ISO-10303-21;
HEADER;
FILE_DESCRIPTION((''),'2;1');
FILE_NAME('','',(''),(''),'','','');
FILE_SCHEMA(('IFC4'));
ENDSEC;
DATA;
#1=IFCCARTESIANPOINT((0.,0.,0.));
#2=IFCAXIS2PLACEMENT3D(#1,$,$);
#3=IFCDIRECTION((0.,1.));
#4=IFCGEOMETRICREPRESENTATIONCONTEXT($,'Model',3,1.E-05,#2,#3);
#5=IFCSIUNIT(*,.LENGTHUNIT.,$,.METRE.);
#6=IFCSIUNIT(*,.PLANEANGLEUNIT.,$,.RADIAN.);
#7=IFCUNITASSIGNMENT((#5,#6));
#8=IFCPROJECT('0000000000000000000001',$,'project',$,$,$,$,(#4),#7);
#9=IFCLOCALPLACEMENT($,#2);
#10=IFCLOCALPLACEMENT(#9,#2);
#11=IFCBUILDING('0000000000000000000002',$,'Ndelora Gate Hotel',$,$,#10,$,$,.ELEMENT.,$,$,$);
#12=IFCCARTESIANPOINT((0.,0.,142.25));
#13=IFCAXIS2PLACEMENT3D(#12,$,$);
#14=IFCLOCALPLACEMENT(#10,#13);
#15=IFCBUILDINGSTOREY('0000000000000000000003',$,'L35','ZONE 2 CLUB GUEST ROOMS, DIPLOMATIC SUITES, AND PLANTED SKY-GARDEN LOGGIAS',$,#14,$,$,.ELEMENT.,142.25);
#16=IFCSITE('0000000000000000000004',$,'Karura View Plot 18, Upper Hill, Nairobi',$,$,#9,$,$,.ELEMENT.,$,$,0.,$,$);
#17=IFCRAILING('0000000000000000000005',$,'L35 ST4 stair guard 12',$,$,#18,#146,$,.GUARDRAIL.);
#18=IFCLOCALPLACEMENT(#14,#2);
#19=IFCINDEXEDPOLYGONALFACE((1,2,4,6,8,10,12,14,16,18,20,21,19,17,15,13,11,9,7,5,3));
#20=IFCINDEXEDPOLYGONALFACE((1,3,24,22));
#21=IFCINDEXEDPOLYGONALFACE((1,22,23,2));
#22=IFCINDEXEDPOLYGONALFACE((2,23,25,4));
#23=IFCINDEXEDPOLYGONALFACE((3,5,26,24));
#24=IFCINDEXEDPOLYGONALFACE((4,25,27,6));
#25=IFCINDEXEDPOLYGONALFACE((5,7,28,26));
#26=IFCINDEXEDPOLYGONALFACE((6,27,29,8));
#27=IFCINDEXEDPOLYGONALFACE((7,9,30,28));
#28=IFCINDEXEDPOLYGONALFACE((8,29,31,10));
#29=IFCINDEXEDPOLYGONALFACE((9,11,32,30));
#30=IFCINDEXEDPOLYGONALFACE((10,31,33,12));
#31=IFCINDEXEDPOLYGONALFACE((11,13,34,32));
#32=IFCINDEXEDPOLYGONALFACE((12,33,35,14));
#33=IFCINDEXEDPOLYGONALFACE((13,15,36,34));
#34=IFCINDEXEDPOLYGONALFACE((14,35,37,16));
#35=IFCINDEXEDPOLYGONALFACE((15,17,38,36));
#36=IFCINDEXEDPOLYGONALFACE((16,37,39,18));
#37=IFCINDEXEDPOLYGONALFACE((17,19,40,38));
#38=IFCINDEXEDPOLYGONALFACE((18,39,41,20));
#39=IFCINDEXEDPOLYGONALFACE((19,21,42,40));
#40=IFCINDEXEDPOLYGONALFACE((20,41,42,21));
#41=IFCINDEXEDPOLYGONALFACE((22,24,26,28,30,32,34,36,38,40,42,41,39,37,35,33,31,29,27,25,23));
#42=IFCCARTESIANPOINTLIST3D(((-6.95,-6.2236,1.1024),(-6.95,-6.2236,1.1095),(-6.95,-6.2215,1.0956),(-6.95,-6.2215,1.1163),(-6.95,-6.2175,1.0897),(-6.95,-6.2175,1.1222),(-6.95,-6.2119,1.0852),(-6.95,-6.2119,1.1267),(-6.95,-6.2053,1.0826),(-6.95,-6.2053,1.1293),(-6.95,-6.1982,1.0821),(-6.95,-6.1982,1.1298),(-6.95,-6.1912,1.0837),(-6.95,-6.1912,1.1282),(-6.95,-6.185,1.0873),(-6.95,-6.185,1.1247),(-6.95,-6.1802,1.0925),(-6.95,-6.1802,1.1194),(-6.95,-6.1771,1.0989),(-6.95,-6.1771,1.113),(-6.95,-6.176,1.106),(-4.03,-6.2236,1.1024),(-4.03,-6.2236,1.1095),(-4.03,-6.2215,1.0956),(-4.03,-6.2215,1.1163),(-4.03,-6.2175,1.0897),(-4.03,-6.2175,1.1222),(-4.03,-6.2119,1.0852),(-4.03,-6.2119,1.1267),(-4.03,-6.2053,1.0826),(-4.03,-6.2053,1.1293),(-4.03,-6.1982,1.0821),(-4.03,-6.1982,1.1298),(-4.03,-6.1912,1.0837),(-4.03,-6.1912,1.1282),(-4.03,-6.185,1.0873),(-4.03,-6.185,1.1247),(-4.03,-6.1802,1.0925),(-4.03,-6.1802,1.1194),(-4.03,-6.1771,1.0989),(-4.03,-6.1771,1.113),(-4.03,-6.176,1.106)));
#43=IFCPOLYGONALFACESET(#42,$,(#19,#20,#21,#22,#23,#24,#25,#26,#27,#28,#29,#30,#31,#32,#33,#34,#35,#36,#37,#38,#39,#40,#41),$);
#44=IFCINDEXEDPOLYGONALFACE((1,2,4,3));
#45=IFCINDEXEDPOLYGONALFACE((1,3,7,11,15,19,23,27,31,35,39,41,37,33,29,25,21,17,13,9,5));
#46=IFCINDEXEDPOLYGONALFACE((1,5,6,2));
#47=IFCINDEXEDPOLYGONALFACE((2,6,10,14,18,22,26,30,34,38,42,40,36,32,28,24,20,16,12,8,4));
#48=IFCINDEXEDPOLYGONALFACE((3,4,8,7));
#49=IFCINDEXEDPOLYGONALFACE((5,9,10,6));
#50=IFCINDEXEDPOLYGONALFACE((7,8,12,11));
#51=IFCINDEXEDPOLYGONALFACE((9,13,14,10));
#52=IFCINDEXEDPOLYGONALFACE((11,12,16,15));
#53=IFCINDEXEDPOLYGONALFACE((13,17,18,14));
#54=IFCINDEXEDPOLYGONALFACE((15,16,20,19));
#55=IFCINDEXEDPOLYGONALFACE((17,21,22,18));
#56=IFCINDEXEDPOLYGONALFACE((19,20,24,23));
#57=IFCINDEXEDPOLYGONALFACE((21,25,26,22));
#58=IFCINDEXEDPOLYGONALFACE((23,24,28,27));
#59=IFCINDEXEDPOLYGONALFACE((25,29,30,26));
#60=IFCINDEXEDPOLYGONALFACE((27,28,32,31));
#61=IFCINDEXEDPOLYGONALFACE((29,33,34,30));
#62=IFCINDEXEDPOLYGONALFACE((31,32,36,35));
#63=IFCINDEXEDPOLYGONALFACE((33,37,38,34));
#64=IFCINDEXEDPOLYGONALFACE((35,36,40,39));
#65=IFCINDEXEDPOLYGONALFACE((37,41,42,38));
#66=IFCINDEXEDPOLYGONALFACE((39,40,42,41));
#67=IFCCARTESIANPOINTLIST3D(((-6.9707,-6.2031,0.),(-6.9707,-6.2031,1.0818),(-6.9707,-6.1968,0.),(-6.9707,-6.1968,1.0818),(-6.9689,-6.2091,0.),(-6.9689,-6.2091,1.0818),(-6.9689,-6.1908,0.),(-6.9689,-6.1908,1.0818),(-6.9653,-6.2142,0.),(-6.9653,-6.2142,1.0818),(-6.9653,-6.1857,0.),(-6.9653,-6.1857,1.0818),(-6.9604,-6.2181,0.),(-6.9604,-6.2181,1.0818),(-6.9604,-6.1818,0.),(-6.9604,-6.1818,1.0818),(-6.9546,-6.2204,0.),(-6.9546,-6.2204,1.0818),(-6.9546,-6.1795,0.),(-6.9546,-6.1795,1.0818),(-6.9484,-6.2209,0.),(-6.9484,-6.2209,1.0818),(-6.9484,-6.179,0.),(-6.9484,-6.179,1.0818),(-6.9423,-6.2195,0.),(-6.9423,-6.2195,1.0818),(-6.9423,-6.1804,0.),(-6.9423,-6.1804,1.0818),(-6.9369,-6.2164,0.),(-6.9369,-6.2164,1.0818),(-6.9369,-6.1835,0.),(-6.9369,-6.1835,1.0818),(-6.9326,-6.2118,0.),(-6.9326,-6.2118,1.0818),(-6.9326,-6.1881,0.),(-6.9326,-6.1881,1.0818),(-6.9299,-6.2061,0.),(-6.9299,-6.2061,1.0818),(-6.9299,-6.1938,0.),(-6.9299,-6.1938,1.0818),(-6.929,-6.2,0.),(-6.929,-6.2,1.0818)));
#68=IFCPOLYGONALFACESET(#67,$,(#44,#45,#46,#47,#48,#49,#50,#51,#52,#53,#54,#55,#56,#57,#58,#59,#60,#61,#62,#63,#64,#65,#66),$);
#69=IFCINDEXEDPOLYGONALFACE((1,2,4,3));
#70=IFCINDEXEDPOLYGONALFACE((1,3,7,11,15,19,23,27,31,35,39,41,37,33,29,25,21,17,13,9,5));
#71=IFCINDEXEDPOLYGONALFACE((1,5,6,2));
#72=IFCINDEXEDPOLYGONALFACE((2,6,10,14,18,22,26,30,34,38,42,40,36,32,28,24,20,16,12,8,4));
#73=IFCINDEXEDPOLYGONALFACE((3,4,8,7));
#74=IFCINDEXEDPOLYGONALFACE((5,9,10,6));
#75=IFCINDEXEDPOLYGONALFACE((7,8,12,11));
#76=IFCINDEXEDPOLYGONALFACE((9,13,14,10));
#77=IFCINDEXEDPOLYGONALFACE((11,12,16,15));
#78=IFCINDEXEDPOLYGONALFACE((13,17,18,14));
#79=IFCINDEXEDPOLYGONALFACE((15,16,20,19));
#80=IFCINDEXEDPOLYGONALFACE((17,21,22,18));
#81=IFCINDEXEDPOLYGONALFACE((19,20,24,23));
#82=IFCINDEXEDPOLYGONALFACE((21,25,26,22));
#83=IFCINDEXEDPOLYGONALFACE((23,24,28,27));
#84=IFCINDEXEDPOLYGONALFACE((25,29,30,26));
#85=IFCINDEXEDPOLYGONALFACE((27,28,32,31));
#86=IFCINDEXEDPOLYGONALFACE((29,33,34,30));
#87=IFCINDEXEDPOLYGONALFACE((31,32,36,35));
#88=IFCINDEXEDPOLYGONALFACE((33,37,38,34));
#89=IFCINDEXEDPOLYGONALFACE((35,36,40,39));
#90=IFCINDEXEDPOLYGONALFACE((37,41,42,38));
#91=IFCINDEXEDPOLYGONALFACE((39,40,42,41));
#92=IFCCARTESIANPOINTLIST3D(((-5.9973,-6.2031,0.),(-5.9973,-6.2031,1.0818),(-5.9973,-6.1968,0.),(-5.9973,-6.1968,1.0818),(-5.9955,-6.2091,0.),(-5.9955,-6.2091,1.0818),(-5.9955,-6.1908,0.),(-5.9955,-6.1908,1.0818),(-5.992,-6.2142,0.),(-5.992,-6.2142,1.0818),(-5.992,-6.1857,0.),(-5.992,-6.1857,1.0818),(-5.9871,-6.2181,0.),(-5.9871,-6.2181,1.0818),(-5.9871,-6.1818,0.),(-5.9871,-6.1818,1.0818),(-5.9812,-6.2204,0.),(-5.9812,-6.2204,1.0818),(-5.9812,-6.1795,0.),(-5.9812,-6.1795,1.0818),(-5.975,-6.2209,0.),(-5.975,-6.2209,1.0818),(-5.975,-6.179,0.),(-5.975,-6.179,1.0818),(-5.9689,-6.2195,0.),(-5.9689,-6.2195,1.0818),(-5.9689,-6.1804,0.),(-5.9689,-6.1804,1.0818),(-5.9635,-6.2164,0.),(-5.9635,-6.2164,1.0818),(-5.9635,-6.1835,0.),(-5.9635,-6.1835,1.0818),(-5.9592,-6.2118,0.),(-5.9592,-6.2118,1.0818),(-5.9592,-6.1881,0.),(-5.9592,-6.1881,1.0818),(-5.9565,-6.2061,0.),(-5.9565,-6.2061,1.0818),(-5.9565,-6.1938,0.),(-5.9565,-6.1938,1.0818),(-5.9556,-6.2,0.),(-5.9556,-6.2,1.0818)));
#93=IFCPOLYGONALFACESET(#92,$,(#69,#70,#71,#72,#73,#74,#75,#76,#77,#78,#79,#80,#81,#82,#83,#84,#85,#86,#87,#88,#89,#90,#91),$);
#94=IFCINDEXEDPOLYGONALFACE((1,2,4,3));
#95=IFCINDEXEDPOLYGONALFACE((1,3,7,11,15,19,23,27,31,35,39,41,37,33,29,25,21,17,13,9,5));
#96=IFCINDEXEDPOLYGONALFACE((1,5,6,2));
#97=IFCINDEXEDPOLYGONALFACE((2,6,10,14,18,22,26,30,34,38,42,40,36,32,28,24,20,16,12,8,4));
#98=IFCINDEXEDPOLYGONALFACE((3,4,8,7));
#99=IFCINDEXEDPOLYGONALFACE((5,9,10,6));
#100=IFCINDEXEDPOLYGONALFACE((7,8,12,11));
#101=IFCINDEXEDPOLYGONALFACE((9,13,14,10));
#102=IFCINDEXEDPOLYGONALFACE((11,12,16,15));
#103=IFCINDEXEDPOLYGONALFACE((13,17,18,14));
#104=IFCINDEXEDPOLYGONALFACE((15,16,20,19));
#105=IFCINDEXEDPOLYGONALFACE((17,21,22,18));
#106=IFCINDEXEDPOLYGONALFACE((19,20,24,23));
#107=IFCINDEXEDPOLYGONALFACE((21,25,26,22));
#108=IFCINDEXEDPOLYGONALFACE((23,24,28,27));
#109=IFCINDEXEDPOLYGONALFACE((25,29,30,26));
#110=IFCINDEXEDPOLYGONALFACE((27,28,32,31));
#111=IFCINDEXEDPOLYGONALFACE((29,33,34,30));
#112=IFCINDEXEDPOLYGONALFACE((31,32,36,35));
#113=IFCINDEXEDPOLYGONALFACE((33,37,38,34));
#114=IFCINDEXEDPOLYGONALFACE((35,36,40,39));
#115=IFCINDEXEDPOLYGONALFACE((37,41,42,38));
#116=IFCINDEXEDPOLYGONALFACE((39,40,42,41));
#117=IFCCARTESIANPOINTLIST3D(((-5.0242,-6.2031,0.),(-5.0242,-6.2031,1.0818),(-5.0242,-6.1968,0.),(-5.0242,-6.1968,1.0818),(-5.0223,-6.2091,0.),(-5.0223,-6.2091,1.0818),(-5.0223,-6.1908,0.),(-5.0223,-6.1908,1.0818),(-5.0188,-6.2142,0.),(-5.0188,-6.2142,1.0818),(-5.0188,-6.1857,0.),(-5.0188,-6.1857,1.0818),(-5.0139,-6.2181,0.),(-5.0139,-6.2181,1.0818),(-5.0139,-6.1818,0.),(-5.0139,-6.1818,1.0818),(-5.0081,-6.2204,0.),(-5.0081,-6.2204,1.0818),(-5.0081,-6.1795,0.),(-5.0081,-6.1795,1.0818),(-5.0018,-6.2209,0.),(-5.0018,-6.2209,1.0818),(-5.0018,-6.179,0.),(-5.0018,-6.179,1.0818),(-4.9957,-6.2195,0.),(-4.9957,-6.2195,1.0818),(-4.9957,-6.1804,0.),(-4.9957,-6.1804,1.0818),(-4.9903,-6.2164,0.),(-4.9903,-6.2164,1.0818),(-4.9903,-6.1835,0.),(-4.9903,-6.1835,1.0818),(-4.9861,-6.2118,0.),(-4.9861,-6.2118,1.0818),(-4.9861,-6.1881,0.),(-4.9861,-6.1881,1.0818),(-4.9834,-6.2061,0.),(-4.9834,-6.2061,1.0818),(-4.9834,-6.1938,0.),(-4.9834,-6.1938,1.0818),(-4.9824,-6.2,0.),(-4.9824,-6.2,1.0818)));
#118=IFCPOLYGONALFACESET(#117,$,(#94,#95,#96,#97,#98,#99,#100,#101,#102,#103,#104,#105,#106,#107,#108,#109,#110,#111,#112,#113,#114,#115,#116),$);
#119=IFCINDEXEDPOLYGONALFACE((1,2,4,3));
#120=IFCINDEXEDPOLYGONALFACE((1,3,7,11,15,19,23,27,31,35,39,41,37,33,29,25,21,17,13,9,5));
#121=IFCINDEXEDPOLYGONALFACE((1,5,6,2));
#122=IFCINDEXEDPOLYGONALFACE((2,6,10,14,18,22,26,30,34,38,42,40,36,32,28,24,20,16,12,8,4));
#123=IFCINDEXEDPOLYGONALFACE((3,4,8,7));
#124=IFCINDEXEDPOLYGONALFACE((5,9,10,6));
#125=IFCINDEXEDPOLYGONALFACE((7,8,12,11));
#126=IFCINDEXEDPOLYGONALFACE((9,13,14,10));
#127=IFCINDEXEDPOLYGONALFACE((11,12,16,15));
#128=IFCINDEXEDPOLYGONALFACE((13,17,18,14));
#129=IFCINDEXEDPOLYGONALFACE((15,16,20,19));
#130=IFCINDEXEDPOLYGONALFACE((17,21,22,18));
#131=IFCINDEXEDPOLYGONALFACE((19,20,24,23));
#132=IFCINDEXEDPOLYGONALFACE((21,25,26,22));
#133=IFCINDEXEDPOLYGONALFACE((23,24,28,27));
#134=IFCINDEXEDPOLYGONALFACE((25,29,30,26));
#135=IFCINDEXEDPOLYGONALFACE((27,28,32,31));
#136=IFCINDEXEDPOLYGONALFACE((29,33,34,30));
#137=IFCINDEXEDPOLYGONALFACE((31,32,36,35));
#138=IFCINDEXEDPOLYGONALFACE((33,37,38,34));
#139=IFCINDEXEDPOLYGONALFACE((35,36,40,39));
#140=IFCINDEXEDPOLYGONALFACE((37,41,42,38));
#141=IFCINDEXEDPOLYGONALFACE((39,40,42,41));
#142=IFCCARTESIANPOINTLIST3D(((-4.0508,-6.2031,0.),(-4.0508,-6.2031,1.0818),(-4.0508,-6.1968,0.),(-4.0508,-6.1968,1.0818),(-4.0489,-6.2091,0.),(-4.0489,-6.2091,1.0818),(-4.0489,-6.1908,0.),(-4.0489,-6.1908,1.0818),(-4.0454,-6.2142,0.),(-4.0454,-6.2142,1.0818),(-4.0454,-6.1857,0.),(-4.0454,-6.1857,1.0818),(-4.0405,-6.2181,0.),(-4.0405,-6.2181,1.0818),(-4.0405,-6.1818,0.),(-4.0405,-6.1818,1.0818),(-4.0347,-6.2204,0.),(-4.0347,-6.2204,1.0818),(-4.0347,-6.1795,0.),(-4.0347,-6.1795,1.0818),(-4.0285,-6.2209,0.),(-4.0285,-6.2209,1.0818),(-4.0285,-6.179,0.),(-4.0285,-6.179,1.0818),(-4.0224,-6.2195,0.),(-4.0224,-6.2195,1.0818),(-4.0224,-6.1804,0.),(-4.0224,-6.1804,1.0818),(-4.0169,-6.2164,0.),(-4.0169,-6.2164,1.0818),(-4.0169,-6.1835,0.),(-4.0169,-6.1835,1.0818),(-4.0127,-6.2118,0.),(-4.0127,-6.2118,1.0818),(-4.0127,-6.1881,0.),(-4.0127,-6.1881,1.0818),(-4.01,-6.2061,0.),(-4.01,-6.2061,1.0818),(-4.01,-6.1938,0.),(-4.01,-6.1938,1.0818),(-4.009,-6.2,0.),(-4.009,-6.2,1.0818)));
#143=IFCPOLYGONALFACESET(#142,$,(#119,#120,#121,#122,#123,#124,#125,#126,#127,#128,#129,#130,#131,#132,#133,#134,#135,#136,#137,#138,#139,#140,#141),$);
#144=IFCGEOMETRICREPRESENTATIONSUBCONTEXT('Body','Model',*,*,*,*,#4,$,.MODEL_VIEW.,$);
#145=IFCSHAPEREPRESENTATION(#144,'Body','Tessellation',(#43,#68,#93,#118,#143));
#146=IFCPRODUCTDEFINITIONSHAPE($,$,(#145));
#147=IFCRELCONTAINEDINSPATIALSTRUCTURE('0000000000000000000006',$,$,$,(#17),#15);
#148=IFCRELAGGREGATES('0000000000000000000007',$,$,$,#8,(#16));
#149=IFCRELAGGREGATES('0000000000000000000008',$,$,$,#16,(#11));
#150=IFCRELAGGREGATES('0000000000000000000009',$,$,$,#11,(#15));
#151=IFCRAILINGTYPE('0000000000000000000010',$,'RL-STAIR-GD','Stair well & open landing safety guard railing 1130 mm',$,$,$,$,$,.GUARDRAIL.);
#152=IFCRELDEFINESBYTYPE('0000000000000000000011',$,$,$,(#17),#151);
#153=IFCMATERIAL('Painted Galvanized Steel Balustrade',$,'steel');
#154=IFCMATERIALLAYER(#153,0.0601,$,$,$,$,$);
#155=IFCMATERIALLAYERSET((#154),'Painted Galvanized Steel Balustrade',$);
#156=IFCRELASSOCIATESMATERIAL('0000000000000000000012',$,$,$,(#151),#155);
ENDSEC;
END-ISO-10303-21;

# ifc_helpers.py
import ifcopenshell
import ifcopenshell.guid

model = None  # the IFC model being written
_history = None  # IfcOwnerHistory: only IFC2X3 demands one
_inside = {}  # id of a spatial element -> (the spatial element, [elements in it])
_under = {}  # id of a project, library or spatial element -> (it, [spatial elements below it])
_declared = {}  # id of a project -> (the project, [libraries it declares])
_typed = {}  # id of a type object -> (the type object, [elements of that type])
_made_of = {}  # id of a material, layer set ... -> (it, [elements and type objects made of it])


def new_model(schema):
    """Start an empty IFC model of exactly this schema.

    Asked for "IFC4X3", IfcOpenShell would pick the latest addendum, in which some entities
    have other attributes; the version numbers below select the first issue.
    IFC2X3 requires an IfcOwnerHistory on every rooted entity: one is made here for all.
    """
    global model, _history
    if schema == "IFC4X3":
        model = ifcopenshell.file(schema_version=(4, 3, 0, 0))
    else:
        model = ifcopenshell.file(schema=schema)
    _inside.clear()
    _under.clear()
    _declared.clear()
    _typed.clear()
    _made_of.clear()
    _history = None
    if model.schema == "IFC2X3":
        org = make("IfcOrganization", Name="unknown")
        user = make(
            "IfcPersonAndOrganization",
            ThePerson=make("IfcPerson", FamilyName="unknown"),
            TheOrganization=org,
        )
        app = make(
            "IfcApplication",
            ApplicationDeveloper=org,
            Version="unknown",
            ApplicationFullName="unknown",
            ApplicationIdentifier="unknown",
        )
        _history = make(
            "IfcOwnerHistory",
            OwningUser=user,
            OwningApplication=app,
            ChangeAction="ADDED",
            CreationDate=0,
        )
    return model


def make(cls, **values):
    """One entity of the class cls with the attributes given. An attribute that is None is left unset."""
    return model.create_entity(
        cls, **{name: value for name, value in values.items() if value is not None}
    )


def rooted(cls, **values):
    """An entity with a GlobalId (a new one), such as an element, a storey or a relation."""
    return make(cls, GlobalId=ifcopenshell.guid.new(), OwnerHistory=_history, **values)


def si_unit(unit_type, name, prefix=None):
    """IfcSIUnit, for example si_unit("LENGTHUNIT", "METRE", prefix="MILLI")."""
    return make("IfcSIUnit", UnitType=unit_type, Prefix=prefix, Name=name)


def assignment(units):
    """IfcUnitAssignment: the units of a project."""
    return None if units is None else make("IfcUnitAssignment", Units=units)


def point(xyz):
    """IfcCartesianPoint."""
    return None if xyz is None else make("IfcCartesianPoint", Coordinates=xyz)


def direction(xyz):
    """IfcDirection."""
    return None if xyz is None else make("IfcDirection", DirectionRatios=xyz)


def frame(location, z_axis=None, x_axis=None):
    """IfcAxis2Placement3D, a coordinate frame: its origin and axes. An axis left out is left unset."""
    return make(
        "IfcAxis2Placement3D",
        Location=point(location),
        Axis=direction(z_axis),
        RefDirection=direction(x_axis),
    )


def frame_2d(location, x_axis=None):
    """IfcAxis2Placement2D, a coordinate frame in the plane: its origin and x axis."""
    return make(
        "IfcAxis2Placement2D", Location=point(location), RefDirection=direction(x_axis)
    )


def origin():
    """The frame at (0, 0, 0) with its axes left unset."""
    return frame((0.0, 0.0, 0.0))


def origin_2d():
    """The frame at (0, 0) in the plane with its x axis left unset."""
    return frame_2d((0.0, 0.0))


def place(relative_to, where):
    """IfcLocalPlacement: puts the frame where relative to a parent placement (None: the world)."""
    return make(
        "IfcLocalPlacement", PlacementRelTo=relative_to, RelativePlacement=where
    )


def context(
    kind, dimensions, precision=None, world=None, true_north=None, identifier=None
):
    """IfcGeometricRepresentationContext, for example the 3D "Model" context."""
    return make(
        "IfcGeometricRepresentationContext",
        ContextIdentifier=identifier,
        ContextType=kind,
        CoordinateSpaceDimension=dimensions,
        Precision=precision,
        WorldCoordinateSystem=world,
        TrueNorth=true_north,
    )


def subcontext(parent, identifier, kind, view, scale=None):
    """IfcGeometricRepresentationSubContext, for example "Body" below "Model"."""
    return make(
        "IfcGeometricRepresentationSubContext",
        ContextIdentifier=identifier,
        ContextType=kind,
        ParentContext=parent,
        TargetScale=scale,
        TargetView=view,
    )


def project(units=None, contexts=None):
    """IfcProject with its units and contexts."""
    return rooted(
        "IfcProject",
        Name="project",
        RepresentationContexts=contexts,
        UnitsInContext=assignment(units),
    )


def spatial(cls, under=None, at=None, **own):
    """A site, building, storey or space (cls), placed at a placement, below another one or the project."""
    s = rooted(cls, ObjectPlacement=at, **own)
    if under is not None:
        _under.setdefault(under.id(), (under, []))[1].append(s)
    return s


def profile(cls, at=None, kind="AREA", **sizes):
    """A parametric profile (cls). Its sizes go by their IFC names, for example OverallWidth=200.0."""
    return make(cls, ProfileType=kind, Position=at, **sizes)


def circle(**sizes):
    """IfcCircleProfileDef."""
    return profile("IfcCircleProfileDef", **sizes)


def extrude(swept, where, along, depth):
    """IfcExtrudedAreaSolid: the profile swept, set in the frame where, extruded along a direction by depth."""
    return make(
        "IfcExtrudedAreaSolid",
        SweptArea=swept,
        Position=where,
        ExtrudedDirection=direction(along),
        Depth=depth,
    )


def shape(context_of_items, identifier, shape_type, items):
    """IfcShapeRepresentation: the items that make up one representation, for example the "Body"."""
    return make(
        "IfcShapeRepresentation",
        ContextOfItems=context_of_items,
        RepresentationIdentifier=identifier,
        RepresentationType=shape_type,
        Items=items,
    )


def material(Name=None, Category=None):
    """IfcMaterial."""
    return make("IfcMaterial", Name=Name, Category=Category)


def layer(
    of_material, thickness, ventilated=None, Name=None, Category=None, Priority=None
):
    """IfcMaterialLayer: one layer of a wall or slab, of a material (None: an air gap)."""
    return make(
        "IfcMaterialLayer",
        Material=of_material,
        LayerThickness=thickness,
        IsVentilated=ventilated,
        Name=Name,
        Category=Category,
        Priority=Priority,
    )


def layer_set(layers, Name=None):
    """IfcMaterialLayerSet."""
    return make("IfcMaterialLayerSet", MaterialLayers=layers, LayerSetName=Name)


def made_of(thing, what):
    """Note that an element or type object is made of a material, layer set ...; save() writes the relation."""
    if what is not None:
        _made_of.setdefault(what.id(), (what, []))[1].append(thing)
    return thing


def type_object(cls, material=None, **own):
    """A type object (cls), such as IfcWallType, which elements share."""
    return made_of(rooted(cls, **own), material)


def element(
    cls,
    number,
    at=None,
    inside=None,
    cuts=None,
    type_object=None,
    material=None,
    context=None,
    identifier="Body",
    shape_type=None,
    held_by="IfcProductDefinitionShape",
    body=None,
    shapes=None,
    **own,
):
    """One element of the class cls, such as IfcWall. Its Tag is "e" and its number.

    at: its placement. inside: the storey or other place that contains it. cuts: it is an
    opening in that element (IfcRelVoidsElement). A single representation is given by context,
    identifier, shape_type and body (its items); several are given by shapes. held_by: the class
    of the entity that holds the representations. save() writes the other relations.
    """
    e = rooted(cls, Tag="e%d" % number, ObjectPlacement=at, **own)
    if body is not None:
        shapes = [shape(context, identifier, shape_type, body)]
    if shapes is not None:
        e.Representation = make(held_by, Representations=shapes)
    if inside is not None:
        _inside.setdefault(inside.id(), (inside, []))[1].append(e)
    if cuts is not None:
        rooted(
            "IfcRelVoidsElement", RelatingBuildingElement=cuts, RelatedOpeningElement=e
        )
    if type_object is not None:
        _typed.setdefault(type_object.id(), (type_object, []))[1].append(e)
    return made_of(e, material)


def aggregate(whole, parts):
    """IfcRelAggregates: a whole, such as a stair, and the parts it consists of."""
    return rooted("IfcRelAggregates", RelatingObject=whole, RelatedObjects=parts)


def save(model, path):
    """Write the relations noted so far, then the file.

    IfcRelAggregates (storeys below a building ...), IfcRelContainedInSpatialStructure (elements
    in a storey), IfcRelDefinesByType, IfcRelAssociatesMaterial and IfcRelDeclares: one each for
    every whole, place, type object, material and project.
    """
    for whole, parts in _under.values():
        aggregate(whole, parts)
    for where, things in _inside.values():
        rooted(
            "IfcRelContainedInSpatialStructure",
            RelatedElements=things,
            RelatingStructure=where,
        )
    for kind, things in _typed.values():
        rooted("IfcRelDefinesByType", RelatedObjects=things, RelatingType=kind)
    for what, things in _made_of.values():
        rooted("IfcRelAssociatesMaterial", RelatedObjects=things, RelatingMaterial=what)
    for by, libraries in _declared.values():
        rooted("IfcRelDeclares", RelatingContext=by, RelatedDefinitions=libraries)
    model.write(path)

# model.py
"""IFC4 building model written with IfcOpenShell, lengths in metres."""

from ifc_helpers import new_model, si_unit, direction, frame, origin, origin_2d, place, context, subcontext, project, spatial, circle, extrude, material, layer, layer_set, type_object, element, save


model = new_model("IFC4")

# Units and contexts
model_context = context("Model", 3, precision=1e-05, world=origin(), true_north=direction((0.0, 1.0)))
body_context = subcontext(model_context, "Body", "Model", "MODEL_VIEW")
ifc_project = project(units=[si_unit("LENGTHUNIT", "METRE"), si_unit("PLANEANGLEUNIT", "RADIAN")], contexts=[model_context])

# Site, building, storey
site_placement = place(None, origin())
site = spatial("IfcSite", under=ifc_project, at=site_placement, Name="Karura View Plot 18, Upper Hill, Nairobi", CompositionType="ELEMENT", RefElevation=0.0)
building_placement = place(site_placement, origin())
building = spatial("IfcBuilding", under=site, at=building_placement, Name="Ndelora Gate Hotel", CompositionType="ELEMENT")
storey_placement = place(building_placement, frame((0.0, 0.0, 142.25)))
storey = spatial("IfcBuildingStorey", under=building, at=storey_placement, Name="L35", Description="ZONE 2 CLUB GUEST ROOMS, DIPLOMATIC SUITES, AND PLANTED SKY-GARDEN LOGGIAS", CompositionType="ELEMENT", Elevation=142.25)

# Railing
ifc_material_1 = material(Name="Painted Galvanized Steel Balustrade", Category="steel")
ifc_layer_1 = layer(ifc_material_1, 0.0601)
ifc_layer_set_1 = layer_set([ifc_layer_1], Name="Painted Galvanized Steel Balustrade")
railing_type_1 = type_object("IfcRailingType", Name="RL-STAIR-GD", Description="Stair well & open landing safety guard railing 1130 mm", PredefinedType="GUARDRAIL", material=ifc_layer_set_1)
railing_1_placement = place(storey_placement, frame((-6.95, -6.2, 0.0)))
element("IfcRailing", 1, at=railing_1_placement, inside=storey, type_object=railing_type_1, Name="L35 ST4 stair guard 12", PredefinedType="GUARDRAIL", context=body_context, shape_type="SweptSolid", body=[
    extrude(circle(Radius=0.0239, at=origin_2d()), frame((0.0, 0.0, 1.106), z_axis=(1.0, 0.0, 0.0), x_axis=(0.0, 1.0, 0.0)), (0.0, 0.0, 1.0), 2.9199),
    extrude(circle(Radius=0.021, at=origin_2d()), origin(), (0.0, 0.0, 1.0), 1.0818),
    extrude(circle(Radius=0.021, at=origin_2d()), frame((0.9734, 0.0, 0.0)), (0.0, 0.0, 1.0), 1.0818),
    extrude(circle(Radius=0.021, at=origin_2d()), frame((1.9465, 0.0, 0.0)), (0.0, 0.0, 1.0), 1.0818),
    extrude(circle(Radius=0.021, at=origin_2d()), frame((2.9199, 0.0, 0.0)), (0.0, 0.0, 1.0), 1.0818),
])

save(model, "model.ifc")
